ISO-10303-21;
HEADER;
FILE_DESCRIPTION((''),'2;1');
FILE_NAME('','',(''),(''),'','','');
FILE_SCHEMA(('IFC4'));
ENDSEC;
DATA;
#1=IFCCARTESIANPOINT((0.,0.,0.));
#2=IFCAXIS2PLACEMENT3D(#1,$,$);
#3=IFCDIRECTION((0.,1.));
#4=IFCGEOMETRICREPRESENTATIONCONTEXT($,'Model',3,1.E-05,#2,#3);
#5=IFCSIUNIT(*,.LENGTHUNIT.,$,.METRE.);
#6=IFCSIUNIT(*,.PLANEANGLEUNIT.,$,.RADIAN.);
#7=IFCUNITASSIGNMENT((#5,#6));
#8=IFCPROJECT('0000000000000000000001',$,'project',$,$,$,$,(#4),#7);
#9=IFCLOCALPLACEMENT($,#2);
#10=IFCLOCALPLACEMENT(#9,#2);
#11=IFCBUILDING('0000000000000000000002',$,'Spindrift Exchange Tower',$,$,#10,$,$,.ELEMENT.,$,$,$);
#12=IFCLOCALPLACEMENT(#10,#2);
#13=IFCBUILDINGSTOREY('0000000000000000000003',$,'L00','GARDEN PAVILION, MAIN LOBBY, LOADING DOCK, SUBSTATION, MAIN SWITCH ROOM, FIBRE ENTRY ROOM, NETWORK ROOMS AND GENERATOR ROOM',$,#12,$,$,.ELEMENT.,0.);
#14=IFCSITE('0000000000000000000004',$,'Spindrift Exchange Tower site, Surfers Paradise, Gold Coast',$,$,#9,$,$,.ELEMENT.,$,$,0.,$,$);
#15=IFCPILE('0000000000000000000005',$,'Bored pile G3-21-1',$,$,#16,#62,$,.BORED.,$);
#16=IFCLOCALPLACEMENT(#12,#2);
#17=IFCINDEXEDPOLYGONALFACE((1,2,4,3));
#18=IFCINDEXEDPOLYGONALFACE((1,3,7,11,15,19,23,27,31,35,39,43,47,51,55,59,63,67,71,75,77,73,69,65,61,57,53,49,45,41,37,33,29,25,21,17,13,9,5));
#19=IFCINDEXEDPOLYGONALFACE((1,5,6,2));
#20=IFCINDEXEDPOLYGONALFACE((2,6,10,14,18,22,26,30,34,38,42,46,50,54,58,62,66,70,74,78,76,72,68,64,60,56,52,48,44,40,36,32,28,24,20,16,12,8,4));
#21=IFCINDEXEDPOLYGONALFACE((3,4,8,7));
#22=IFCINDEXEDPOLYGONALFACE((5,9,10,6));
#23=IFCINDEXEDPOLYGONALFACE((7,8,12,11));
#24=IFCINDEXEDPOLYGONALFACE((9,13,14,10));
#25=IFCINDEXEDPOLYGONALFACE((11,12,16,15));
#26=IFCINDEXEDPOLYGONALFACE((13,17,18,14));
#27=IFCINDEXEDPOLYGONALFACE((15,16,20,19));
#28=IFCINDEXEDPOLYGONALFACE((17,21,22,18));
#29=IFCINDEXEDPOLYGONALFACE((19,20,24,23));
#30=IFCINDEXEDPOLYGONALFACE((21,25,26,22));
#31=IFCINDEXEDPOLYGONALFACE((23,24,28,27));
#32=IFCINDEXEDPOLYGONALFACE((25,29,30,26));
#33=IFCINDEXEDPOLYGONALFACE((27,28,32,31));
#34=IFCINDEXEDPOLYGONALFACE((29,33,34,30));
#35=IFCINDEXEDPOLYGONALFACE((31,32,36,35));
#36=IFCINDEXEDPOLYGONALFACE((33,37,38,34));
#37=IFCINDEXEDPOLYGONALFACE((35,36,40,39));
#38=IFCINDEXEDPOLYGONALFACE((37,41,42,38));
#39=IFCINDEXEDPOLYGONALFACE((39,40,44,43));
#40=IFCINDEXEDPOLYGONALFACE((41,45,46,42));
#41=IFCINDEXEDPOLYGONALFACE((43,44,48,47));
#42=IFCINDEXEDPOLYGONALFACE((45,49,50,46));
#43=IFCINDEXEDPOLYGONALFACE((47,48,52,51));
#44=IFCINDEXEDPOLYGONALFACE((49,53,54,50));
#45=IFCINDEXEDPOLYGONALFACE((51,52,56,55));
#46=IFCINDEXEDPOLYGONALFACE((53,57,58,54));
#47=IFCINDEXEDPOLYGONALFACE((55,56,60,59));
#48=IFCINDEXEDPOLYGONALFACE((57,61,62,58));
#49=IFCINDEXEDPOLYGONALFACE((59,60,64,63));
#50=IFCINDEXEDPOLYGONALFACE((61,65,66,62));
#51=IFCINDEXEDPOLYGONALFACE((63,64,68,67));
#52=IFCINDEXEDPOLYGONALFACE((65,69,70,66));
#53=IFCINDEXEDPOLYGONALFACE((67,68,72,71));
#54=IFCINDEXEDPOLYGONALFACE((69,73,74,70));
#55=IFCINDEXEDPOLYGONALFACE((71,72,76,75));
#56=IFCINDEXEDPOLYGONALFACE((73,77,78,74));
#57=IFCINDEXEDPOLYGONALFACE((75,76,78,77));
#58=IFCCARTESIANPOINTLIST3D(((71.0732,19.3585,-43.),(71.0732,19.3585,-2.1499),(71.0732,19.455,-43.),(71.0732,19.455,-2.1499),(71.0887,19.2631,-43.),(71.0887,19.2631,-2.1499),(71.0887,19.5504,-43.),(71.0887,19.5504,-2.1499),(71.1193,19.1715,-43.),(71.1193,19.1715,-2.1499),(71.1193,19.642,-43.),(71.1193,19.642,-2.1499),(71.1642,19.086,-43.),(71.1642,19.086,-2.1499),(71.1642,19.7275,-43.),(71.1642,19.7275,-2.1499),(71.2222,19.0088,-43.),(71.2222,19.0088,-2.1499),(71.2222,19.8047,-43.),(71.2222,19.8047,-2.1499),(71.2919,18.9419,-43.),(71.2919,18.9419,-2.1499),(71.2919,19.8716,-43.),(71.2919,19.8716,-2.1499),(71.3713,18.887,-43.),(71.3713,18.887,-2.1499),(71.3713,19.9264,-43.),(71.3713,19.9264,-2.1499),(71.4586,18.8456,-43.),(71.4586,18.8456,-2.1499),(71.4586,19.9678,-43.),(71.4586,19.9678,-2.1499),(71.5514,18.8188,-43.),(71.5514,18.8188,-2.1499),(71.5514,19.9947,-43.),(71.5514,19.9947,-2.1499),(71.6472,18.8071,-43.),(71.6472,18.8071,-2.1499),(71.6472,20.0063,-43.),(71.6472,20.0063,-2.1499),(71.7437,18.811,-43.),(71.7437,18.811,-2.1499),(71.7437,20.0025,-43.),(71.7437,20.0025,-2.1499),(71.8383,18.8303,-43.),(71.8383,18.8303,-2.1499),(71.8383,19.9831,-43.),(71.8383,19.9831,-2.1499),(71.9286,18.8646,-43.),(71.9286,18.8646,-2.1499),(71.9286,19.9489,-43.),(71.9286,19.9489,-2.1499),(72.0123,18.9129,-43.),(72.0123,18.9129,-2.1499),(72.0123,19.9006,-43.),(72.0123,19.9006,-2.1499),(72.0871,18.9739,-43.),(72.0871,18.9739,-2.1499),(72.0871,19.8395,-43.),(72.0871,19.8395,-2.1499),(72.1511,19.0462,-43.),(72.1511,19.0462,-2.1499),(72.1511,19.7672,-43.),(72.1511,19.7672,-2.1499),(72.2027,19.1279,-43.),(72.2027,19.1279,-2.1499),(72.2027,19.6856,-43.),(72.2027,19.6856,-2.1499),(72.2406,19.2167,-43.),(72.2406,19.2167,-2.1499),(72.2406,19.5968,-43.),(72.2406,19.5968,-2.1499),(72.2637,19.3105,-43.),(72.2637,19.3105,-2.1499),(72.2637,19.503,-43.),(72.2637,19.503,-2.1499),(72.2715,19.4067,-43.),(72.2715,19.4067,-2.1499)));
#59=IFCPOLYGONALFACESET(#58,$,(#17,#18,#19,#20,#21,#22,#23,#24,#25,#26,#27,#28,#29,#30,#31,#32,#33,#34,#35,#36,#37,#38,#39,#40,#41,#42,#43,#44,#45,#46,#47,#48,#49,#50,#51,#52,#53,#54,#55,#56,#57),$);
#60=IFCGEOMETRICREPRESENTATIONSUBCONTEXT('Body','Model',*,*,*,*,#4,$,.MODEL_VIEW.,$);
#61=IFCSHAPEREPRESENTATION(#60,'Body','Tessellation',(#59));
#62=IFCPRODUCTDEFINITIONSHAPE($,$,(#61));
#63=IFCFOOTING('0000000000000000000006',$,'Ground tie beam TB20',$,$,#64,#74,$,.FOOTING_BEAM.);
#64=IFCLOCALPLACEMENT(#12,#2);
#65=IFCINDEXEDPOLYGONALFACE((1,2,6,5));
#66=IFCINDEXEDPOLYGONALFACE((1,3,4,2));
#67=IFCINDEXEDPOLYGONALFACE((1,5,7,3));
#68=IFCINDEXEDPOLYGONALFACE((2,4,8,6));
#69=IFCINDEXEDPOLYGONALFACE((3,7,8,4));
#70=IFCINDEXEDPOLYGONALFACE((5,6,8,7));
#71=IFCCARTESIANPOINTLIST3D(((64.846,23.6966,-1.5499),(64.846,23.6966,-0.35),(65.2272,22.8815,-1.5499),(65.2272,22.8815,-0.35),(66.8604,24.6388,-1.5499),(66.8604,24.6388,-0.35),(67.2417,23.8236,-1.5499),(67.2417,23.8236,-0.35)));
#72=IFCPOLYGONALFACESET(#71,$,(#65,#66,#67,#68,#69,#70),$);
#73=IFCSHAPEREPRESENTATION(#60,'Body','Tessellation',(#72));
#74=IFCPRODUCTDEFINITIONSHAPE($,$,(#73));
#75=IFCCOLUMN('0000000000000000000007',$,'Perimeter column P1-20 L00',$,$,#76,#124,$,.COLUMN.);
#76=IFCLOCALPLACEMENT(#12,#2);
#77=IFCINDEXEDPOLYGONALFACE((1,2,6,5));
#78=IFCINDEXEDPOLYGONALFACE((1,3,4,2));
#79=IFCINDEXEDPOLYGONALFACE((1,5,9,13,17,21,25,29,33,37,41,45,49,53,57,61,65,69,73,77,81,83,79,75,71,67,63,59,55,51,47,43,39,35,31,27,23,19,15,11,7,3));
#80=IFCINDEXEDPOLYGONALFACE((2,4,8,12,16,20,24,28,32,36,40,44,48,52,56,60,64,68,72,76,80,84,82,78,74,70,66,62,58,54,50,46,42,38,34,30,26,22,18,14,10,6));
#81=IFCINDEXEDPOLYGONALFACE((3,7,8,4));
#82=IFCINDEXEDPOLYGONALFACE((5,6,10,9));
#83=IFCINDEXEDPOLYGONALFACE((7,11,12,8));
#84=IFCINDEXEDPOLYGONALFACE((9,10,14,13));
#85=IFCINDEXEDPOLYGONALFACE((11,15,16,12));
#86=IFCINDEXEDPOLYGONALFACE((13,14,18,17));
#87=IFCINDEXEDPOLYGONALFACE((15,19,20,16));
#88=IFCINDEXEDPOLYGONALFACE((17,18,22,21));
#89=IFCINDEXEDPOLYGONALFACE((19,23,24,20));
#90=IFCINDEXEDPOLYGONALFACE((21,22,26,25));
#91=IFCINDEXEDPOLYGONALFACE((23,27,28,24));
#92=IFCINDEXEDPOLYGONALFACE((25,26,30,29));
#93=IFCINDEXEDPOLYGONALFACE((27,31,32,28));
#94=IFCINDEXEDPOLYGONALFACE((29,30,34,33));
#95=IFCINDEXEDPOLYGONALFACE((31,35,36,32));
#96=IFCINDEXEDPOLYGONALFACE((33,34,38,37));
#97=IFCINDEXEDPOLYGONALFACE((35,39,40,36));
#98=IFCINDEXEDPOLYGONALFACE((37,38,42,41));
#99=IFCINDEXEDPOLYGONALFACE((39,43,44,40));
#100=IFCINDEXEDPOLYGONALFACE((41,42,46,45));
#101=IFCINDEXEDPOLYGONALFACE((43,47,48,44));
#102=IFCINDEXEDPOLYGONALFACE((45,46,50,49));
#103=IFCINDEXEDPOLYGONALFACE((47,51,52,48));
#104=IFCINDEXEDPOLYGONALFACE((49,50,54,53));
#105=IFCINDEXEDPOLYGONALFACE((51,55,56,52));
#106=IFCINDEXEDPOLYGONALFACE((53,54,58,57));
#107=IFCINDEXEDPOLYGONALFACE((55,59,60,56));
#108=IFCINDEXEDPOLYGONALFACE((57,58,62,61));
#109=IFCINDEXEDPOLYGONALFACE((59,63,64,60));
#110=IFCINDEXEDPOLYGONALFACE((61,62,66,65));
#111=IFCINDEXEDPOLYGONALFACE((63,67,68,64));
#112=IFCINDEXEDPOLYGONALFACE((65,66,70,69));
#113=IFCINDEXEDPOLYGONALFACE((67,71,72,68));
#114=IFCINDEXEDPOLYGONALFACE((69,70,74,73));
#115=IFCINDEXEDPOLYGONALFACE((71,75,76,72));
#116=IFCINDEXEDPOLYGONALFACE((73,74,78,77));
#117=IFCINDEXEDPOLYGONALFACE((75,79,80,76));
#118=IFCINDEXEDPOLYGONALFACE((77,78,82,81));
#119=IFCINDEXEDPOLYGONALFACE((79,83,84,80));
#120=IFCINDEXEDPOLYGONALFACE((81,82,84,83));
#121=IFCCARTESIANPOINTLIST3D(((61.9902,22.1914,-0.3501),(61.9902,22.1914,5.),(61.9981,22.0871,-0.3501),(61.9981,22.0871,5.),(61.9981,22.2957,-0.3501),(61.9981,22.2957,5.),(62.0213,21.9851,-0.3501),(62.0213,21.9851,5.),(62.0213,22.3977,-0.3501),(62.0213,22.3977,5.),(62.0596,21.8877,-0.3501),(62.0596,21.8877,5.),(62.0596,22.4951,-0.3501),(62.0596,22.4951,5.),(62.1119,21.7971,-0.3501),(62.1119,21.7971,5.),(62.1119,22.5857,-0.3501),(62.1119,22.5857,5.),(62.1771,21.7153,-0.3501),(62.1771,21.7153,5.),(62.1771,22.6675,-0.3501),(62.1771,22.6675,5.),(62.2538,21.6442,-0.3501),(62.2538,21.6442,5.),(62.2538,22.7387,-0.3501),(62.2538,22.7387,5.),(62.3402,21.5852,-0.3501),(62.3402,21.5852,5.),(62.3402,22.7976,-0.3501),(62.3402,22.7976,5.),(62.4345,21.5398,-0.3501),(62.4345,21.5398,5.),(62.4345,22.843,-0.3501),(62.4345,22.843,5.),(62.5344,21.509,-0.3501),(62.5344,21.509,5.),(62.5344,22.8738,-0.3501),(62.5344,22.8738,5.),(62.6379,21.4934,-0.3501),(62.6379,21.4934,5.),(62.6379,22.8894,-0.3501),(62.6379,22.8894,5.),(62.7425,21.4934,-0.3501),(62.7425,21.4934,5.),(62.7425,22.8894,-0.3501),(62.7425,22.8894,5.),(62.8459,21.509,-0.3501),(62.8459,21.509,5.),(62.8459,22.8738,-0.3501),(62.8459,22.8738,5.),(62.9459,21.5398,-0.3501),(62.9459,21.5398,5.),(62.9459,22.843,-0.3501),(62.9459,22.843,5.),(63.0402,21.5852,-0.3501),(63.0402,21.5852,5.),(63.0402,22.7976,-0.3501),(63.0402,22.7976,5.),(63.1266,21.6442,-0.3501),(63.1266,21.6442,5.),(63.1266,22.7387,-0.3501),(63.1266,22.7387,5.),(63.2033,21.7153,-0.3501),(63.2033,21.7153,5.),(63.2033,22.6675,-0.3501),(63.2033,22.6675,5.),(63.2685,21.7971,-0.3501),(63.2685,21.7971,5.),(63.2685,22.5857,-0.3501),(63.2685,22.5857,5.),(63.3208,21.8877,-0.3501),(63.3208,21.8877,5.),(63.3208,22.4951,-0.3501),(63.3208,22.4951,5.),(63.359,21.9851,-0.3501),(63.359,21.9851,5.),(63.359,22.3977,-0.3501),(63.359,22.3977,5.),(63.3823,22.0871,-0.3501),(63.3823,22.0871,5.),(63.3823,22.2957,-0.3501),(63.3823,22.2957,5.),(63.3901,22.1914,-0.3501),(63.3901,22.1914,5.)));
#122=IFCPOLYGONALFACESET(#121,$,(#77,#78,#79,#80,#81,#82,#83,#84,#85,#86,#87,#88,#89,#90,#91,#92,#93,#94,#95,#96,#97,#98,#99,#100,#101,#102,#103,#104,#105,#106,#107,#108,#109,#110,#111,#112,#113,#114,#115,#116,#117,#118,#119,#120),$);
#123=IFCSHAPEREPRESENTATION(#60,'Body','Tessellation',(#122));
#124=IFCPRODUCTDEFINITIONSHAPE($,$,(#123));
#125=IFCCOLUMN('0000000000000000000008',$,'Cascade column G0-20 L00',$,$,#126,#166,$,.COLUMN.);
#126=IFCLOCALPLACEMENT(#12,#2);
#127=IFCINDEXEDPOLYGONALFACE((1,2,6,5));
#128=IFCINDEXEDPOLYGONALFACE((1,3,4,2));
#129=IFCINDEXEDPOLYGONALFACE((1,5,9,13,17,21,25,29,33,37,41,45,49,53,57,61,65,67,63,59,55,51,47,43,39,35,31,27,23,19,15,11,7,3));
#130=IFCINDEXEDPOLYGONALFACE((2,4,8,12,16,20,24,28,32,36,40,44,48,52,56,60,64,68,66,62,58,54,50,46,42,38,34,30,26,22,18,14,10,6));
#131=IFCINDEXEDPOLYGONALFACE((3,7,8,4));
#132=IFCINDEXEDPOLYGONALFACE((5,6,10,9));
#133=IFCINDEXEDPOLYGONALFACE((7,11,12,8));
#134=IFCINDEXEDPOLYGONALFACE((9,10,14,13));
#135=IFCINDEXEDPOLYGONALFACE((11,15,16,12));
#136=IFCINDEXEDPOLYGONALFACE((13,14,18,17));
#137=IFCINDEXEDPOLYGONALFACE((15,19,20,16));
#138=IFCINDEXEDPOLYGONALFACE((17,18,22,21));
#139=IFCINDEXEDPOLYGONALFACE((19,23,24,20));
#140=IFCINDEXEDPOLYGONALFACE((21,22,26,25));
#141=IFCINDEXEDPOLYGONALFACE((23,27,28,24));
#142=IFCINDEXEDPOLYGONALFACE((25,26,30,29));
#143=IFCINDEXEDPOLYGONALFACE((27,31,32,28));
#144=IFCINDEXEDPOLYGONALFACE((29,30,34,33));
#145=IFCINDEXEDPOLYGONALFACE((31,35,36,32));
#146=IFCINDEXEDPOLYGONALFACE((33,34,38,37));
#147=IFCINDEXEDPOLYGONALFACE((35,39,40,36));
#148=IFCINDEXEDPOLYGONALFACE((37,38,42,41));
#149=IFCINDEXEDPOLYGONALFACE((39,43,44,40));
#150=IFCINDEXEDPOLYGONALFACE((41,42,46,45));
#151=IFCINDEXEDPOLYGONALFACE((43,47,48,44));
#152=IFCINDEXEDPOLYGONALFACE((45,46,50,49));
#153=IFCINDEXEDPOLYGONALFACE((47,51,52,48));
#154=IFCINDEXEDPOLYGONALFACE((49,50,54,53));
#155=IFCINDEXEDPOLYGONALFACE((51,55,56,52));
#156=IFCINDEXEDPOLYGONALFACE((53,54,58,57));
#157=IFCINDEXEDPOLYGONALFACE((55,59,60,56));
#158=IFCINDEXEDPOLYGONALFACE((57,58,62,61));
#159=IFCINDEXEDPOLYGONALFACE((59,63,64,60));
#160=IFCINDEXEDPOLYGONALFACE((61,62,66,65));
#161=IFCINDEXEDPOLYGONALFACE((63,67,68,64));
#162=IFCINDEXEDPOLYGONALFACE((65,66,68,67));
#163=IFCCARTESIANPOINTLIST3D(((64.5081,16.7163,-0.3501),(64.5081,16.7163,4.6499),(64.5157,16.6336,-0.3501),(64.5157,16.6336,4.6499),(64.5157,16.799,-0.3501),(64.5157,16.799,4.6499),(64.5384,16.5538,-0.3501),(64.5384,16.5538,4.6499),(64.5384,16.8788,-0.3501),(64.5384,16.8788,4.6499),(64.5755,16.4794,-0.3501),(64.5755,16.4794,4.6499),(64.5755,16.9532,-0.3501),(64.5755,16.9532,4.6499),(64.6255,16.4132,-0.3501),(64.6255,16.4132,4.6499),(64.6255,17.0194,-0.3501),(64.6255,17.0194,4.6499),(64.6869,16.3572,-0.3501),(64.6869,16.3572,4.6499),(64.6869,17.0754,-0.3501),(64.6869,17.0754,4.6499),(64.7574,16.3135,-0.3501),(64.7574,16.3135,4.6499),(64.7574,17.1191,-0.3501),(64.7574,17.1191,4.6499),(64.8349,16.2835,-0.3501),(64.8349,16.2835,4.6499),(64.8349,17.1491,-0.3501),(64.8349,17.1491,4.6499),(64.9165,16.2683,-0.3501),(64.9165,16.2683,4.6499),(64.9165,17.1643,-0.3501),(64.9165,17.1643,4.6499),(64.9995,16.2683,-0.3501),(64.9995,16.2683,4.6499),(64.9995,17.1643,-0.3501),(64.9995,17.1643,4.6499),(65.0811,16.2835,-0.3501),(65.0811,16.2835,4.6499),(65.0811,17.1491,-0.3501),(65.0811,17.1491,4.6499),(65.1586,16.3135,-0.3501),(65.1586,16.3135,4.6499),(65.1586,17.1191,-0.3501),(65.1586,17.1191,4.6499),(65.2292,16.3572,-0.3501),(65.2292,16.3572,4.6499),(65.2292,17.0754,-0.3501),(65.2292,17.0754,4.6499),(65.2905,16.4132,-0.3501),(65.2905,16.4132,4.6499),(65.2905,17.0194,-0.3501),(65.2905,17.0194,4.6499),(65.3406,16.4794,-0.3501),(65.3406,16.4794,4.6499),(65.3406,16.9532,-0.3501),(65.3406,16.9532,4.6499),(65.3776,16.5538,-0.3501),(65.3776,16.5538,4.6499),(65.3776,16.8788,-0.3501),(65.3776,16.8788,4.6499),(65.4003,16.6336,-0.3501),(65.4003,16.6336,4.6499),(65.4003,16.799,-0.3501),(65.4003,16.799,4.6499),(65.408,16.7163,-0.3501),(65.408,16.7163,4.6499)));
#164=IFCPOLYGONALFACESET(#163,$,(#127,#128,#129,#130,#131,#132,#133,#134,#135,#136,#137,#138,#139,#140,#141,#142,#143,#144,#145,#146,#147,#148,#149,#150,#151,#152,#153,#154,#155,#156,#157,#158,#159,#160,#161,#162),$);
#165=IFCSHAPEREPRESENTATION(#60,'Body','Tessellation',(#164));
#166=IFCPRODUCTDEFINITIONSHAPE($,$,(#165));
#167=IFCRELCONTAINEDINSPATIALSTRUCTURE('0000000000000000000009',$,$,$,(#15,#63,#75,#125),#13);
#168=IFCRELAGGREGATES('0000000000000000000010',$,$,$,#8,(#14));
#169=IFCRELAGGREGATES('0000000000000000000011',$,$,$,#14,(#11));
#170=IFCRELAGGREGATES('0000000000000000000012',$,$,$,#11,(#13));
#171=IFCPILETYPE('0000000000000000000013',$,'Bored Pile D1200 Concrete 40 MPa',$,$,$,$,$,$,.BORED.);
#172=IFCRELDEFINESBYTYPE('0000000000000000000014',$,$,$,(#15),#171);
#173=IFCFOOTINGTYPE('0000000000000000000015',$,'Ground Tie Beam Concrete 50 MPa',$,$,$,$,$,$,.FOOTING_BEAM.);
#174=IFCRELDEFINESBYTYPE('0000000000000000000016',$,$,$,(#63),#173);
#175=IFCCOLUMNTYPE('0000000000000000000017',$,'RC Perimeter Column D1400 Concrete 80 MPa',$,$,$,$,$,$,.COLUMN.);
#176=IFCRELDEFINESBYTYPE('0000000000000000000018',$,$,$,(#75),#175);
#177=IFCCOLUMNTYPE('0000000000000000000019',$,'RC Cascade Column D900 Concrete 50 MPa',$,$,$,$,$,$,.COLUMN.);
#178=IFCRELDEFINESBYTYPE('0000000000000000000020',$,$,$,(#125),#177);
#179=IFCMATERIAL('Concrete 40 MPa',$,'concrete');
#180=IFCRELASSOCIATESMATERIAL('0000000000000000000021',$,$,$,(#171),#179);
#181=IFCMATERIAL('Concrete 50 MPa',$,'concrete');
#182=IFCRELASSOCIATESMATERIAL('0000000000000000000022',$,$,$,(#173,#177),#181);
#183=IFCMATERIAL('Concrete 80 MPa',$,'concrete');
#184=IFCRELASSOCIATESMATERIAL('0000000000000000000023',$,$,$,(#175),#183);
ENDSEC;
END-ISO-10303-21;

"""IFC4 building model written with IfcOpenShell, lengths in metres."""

from ifc_helpers import new_model, si_unit, direction, frame, origin, origin_2d, place, context, subcontext, project, spatial, rectangle, circle, extrude, source, transform, mapped, material, material_profile, profile_set, type_object, element, save


model = new_model("IFC4")

# Units and contexts
model_context = context("Model", 3, precision=1e-05, world=origin(), true_north=direction((0.0, 1.0)))
body_context = subcontext(model_context, "Body", "Model", "MODEL_VIEW")
ifc_project = project(units=[si_unit("LENGTHUNIT", "METRE"), si_unit("PLANEANGLEUNIT", "RADIAN")], contexts=[model_context])

# Site, building, storey
site_placement = place(None, origin())
site = spatial("IfcSite", under=ifc_project, at=site_placement, Name="Spindrift Exchange Tower site, Surfers Paradise, Gold Coast", CompositionType="ELEMENT", RefElevation=0.0)
building_placement = place(site_placement, origin())
building = spatial("IfcBuilding", under=site, at=building_placement, Name="Spindrift Exchange Tower", CompositionType="ELEMENT")
storey_placement = place(building_placement, origin())
storey = spatial("IfcBuildingStorey", under=building, at=storey_placement, Name="L00", Description="GARDEN PAVILION, MAIN LOBBY, LOADING DOCK, SUBSTATION, MAIN SWITCH ROOM, FIBRE ENTRY ROOM, NETWORK ROOMS AND GENERATOR ROOM", CompositionType="ELEMENT", Elevation=0.0)

# Pile
ifc_material_1 = material(Name="Concrete 40 MPa", Category="concrete")
ifc_material_profile_1 = material_profile(ifc_material_1, circle(Radius=0.6001, at=origin_2d()), Name="BP D1200")
ifc_profile_set_1 = profile_set([ifc_material_profile_1], Name="Concrete 40 MPa")
pile_type = type_object("IfcPileType", Name="Bored Pile D1200 Concrete 40 MPa", PredefinedType="BORED", material=ifc_profile_set_1)
shared_shape_1 = source(origin(), body_context, "Body", "SweptSolid", [
    extrude(circle(Radius=0.6001, at=origin_2d()), origin(), (0.0, 0.0, 1.0), 40.8501),
])
for number, where, z_axis, x_axis, name in (
    (1, (71.6714, 19.4067, -2.1499), (0.0, 0.0, -1.0), (1.0, 0.0, 0.0), "Bored pile G3-21-1"),
):
    element("IfcPile", number, at=place(storey_placement, frame(where, z_axis=z_axis, x_axis=x_axis)), inside=storey, type_object=pile_type, Name=name, PredefinedType="BORED", context=body_context, shape_type="MappedRepresentation", body=[
        mapped(shared_shape_1, transform((0.0, 0.0, 0.0), scale=1.0)),
    ])

# Footing
ifc_material_2 = material(Name="Concrete 50 MPa", Category="concrete")
ifc_material_profile_2 = material_profile(ifc_material_2, rectangle(XDim=0.8999, YDim=1.2, at=origin_2d()), Name="RC 900x1200")
ifc_profile_set_2 = profile_set([ifc_material_profile_2], Name="Concrete 50 MPa")
footing_type = type_object("IfcFootingType", Name="Ground Tie Beam Concrete 50 MPa", PredefinedType="FOOTING_BEAM", material=ifc_profile_set_2)
shared_shape_2 = source(origin(), body_context, "Body", "SweptSolid", [
    extrude(rectangle(XDim=0.8999, YDim=1.2, at=origin_2d()), origin(), (0.0, 0.0, 1.0), 2.2239),
])
footing_placement = place(storey_placement, frame((65.0366, 23.2891, -0.95), z_axis=(0.905824, 0.423655, 0.0), x_axis=(-0.423655, 0.905824, 0.0)))
element("IfcFooting", 2, at=footing_placement, inside=storey, type_object=footing_type, Name="Ground tie beam TB20", PredefinedType="FOOTING_BEAM", context=body_context, shape_type="MappedRepresentation", body=[
    mapped(shared_shape_2, transform((0.0, 0.0, 0.0), scale=1.0)),
])

# Columns
ifc_material_3 = material(Name="Concrete 80 MPa", Category="concrete")
ifc_material_profile_3 = material_profile(ifc_material_3, circle(Radius=0.7, at=origin_2d()), Name="RC D1400")
ifc_profile_set_3 = profile_set([ifc_material_profile_3], Name="Concrete 80 MPa")
column_type_1 = type_object("IfcColumnType", Name="RC Perimeter Column D1400 Concrete 80 MPa", PredefinedType="COLUMN", material=ifc_profile_set_3)
shared_shape_3 = source(origin(), body_context, "Body", "SweptSolid", [
    extrude(circle(Radius=0.7, at=origin_2d()), origin(), (0.0, 0.0, 1.0), 5.3501),
])
column_1_placement = place(storey_placement, frame((62.6902, 22.1914, -0.3501), z_axis=(0.0, 0.0, 1.0), x_axis=(1.0, 0.0, 0.0)))
element("IfcColumn", 3, at=column_1_placement, inside=storey, type_object=column_type_1, Name="Perimeter column P1-20 L00", PredefinedType="COLUMN", context=body_context, shape_type="MappedRepresentation", body=[
    mapped(shared_shape_3, transform((0.0, 0.0, 0.0), scale=1.0)),
])
ifc_material_profile_4 = material_profile(ifc_material_2, circle(Radius=0.45, at=origin_2d()), Name="RC D900")
ifc_profile_set_4 = profile_set([ifc_material_profile_4], Name="Concrete 50 MPa")
column_type_2 = type_object("IfcColumnType", Name="RC Cascade Column D900 Concrete 50 MPa", PredefinedType="COLUMN", material=ifc_profile_set_4)
shared_shape_4 = source(origin(), body_context, "Body", "SweptSolid", [
    extrude(circle(Radius=0.45, at=origin_2d()), origin(), (0.0, 0.0, 1.0), 5.0),
])
column_2_placement = place(storey_placement, frame((64.958, 16.7163, -0.3501), z_axis=(0.0, 0.0, 1.0), x_axis=(1.0, 0.0, 0.0)))
element("IfcColumn", 4, at=column_2_placement, inside=storey, type_object=column_type_2, Name="Cascade column G0-20 L00", PredefinedType="COLUMN", context=body_context, shape_type="MappedRepresentation", body=[
    mapped(shared_shape_4, transform((0.0, 0.0, 0.0), scale=1.0)),
])

save(model, "model.ifc")
